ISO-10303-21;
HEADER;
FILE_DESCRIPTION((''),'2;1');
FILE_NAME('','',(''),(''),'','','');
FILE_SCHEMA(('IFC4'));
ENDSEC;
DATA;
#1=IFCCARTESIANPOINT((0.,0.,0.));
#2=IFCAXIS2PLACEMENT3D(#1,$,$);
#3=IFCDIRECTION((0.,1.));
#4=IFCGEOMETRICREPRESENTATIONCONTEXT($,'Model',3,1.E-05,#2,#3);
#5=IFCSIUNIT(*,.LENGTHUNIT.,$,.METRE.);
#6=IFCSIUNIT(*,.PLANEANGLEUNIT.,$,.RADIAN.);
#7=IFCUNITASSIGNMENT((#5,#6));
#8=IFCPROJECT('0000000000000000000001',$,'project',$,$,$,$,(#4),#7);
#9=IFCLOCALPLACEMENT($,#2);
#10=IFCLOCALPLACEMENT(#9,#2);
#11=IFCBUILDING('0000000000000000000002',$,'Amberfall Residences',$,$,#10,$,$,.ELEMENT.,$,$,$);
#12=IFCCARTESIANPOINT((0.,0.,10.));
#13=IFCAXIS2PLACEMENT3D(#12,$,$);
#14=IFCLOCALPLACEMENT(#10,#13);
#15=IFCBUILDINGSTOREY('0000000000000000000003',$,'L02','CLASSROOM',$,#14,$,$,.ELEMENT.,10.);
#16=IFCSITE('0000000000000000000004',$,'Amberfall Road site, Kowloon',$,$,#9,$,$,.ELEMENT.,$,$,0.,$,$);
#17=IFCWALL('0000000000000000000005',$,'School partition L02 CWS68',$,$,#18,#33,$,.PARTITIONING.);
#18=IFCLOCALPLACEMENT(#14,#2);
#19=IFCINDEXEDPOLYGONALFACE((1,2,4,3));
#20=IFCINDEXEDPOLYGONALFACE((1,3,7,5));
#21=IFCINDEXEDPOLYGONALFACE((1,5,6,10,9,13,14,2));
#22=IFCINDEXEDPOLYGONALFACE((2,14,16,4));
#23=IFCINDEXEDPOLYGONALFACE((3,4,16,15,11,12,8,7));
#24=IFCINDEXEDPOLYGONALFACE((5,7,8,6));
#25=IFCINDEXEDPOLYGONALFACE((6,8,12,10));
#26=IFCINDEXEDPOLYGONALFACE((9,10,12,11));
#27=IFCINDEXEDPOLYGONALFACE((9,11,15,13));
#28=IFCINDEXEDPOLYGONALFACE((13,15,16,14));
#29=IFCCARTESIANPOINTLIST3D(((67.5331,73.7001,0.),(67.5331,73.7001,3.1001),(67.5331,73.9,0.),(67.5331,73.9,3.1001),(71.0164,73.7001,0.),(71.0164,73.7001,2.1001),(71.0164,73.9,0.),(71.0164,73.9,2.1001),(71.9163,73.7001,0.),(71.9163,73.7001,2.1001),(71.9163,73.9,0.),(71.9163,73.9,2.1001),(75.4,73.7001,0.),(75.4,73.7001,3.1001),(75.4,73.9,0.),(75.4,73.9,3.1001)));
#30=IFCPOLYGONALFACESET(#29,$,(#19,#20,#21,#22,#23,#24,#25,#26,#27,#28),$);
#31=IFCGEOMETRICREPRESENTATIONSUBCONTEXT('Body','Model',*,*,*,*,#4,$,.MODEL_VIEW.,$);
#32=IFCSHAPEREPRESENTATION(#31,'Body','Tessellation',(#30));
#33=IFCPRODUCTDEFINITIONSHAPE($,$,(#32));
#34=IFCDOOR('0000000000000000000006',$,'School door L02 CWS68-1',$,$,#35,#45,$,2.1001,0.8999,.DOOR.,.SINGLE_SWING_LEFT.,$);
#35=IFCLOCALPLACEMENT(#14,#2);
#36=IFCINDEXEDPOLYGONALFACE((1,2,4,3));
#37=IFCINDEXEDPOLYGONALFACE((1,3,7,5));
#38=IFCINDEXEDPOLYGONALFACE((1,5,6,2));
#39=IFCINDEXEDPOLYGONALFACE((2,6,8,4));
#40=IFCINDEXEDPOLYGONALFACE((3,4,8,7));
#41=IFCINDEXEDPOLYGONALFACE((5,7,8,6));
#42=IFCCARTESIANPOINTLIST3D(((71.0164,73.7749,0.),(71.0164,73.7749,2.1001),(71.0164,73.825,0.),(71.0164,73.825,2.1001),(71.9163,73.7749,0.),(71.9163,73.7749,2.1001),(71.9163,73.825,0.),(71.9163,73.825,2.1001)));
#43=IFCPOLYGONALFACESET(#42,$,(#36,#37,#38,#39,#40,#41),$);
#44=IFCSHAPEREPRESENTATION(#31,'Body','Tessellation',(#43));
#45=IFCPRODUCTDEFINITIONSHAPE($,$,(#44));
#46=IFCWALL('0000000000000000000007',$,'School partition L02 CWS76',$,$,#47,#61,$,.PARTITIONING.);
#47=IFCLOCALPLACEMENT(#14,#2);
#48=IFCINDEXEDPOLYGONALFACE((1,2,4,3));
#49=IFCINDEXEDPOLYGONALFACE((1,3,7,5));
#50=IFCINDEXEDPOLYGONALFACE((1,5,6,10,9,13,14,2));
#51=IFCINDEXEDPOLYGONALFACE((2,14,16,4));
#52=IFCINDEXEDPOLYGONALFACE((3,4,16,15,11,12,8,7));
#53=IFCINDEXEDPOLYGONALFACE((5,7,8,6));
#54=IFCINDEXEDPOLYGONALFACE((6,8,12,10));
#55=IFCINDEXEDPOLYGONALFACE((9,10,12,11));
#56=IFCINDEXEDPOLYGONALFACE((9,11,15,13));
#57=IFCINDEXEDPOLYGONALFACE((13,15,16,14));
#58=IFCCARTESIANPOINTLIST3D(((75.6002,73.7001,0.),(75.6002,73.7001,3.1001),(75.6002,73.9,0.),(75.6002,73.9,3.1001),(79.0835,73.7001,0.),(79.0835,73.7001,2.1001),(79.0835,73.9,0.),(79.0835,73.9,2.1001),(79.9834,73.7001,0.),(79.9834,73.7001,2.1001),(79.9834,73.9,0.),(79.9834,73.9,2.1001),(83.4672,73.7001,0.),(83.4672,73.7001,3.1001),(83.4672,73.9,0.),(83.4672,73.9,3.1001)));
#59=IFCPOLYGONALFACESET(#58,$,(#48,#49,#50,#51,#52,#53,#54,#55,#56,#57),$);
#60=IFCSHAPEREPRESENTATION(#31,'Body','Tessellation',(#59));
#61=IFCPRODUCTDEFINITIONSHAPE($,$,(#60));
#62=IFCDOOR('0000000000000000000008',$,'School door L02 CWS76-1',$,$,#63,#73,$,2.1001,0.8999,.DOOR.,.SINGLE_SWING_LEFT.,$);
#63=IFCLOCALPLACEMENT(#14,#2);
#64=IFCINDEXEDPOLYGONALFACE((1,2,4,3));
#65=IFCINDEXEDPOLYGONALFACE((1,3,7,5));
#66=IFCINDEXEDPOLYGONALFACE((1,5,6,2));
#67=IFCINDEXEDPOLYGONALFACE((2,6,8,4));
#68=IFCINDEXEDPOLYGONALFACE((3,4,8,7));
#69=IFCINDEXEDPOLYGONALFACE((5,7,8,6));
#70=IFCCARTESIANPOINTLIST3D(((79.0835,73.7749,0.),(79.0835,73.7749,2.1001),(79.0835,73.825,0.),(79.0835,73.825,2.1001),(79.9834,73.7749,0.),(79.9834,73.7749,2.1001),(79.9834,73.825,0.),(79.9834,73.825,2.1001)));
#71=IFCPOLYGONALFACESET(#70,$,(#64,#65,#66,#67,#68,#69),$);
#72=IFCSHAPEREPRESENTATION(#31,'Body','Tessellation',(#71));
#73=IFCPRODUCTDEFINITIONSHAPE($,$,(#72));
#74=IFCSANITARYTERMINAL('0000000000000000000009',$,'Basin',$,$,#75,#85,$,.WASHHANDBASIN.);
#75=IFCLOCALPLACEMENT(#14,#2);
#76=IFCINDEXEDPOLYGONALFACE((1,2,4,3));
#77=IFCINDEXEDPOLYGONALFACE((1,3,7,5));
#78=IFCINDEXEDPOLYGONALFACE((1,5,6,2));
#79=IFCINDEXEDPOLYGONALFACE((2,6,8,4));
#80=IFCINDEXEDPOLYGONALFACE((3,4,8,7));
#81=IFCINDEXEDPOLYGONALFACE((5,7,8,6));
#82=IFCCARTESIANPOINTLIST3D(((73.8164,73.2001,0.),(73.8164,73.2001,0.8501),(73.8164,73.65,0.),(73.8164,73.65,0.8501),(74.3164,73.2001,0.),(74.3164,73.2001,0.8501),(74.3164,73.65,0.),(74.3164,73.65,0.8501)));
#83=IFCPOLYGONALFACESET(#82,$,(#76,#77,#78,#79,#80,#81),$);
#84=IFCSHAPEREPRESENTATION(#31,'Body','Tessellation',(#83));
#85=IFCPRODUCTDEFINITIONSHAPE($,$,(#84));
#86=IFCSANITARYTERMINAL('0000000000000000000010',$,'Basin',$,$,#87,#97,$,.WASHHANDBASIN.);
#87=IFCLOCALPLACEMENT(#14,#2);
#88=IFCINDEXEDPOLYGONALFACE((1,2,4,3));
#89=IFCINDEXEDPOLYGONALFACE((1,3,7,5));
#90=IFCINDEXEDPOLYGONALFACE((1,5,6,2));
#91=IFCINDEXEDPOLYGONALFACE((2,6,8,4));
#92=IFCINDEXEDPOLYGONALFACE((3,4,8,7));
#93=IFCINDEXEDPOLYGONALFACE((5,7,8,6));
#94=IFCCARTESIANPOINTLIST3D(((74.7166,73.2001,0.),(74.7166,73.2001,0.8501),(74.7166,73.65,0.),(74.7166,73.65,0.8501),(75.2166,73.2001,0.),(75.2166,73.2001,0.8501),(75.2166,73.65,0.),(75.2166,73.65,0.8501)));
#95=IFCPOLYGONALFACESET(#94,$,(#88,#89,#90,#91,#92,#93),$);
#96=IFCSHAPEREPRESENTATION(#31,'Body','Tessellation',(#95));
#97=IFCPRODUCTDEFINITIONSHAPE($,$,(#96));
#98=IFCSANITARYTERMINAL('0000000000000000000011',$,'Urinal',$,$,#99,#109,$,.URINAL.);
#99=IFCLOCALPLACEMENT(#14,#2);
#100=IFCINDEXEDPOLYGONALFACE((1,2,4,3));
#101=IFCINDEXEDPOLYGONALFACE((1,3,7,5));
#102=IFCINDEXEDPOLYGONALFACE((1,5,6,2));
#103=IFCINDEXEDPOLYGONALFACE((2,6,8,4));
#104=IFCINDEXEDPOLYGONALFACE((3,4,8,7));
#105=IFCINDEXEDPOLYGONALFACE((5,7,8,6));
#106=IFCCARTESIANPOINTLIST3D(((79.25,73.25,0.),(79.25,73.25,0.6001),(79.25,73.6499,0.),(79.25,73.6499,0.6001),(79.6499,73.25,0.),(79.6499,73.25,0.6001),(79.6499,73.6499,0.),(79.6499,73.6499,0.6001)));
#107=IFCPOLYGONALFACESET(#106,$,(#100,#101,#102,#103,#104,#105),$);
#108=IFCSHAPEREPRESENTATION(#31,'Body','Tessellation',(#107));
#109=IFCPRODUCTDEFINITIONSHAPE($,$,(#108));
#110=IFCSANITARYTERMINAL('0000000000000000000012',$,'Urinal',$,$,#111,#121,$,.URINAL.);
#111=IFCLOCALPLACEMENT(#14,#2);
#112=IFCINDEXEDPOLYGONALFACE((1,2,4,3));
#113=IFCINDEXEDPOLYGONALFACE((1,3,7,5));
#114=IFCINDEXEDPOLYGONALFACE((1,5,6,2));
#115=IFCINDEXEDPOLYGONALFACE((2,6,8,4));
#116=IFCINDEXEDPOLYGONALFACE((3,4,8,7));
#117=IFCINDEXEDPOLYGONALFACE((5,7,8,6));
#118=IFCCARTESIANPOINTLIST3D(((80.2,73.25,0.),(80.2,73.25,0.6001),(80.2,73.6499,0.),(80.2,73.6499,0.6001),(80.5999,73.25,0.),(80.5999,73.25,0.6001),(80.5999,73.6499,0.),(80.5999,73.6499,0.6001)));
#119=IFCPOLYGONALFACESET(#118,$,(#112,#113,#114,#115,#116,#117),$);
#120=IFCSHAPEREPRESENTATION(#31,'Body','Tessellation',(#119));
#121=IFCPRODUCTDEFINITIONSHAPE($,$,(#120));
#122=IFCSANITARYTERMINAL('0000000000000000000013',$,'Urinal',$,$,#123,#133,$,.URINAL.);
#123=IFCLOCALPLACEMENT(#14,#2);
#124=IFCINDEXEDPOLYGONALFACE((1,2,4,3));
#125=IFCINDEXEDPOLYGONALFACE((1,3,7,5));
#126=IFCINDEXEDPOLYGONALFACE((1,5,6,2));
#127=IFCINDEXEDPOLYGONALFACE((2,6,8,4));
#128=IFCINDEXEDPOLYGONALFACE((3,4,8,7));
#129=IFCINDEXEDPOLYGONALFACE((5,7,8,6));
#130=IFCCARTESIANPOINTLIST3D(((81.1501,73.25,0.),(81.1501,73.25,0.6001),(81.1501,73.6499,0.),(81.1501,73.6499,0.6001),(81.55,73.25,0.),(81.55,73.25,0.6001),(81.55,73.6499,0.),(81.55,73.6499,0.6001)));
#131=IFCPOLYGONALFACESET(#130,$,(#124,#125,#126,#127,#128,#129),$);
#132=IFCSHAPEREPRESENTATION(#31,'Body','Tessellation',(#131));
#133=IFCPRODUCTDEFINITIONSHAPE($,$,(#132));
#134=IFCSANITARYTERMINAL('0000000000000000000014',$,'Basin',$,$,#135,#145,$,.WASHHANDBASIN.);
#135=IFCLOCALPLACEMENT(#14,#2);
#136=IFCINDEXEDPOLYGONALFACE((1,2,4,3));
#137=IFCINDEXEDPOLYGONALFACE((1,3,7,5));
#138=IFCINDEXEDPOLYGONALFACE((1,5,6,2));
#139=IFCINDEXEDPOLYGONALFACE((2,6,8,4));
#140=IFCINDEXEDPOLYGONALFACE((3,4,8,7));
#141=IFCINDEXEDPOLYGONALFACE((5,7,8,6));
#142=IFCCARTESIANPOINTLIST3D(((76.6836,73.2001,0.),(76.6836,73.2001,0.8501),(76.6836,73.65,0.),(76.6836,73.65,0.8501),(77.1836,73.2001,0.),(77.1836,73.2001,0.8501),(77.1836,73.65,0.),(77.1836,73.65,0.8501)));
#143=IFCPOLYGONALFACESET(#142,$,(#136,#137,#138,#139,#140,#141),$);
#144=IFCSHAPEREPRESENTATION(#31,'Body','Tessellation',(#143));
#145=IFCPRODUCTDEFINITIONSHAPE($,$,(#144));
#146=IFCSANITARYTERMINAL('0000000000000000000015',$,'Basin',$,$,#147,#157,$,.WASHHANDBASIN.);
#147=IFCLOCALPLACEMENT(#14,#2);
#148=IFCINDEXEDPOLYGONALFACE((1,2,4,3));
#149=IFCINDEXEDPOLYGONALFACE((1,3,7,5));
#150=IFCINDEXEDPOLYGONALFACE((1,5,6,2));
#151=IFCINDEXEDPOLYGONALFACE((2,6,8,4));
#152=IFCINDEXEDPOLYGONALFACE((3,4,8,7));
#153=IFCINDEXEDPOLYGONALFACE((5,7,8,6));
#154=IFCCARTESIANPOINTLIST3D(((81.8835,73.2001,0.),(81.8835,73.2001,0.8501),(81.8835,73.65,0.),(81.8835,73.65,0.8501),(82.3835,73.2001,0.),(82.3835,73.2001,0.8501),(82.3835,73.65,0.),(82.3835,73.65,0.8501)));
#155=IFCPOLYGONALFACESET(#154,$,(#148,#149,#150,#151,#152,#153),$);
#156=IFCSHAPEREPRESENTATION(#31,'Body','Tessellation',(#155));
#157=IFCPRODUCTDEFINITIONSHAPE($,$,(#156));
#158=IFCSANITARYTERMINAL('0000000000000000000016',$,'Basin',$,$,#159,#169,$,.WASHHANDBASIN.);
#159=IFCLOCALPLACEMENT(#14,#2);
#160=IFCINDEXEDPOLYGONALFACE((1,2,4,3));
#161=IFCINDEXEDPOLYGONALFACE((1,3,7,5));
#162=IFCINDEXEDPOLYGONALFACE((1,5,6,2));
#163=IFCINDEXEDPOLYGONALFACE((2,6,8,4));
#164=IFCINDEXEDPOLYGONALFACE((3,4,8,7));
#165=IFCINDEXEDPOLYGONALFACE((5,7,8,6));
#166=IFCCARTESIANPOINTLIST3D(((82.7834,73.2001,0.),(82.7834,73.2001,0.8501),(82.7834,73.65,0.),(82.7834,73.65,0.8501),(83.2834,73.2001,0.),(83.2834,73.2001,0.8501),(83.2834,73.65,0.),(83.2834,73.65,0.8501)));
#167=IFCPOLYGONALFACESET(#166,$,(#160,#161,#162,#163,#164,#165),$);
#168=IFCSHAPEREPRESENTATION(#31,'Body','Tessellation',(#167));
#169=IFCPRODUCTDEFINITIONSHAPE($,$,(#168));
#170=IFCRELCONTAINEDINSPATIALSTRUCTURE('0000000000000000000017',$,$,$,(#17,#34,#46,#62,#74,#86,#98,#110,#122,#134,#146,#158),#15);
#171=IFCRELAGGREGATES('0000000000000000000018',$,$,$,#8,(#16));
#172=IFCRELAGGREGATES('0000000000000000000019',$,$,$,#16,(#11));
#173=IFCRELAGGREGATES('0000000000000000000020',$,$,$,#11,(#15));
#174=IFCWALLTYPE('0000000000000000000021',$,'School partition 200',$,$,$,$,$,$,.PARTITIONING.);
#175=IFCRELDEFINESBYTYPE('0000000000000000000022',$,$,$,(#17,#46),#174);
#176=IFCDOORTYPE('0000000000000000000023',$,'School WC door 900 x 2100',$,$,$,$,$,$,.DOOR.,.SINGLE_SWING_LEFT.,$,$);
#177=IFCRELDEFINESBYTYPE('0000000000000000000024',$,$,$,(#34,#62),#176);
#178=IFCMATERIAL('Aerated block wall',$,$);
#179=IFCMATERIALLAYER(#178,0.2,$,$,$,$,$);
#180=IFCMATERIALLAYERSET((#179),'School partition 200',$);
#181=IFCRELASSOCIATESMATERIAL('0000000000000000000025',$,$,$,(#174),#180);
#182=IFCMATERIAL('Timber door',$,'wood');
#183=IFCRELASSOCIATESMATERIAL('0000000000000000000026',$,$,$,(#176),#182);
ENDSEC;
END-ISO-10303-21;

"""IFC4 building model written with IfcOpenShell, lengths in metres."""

from ifc_helpers import new_model, si_unit, direction, frame, frame_2d, origin, origin_2d, place, context, subcontext, project, spatial, rectangle, extrude, material, layer, layer_set, type_object, element, fill, save


model = new_model("IFC4")

# Units and contexts
model_context = context("Model", 3, precision=1e-05, world=origin(), true_north=direction((0.0, 1.0)))
body_context = subcontext(model_context, "Body", "Model", "MODEL_VIEW")
ifc_project = project(units=[si_unit("LENGTHUNIT", "METRE"), si_unit("PLANEANGLEUNIT", "RADIAN")], contexts=[model_context])

# Site, building, storey
site_placement = place(None, origin())
site = spatial("IfcSite", under=ifc_project, at=site_placement, Name="Amberfall Road site, Kowloon", CompositionType="ELEMENT", RefElevation=0.0)
building_placement = place(site_placement, origin())
building = spatial("IfcBuilding", under=site, at=building_placement, Name="Amberfall Residences", CompositionType="ELEMENT")
storey_placement = place(building_placement, frame((0.0, 0.0, 10.0)))
storey = spatial("IfcBuildingStorey", under=building, at=storey_placement, Name="L02", Description="CLASSROOM", CompositionType="ELEMENT", Elevation=10.0)

# Shared definitions
ifc_material_1 = material(Name="Aerated block wall")

# Shared definitions
ifc_layer_1 = layer(ifc_material_1, 0.2)
ifc_layer_set_1 = layer_set([ifc_layer_1], Name="School partition 200")
wall_type_1 = type_object("IfcWallType", Name="School partition 200", PredefinedType="PARTITIONING", material=ifc_layer_set_1)
ifc_material_2 = material(Name="Timber door", Category="wood")

# Walls, openings, doors
wall_1_placement = place(storey_placement, frame((67.533, 73.8, 0.0), z_axis=(0.0, 0.0, 1.0), x_axis=(1.0, 0.0, 0.0)))
wall_1 = element("IfcWall", 1, at=wall_1_placement, inside=storey, type_object=wall_type_1, Name="School partition L02 CWS68", PredefinedType="PARTITIONING", context=body_context, shape_type="SweptSolid", body=[
    extrude(rectangle(XDim=7.8669, YDim=0.2, at=frame_2d((3.9336, 0.0))), origin(), (0.0, 0.0, 1.0), 3.1001),
])
opening_1_placement = place(wall_1_placement, frame((3.4834, 0.0, 0.0)))
opening_1 = element("IfcOpeningElement", 2, at=opening_1_placement, cuts=wall_1, PredefinedType="OPENING", context=body_context, shape_type="SweptSolid", body=[
    extrude(rectangle(XDim=0.8999, YDim=2.1001, at=frame_2d((0.45, 1.05))), frame((0.0, 0.1099, 0.0), z_axis=(0.0, -1.0, 0.0), x_axis=(1.0, 0.0, 0.0)), (0.0, 0.0, 1.0), 0.22),
])
door_type_1 = type_object("IfcDoorType", Name="School WC door 900 x 2100", OperationType="SINGLE_SWING_LEFT", PredefinedType="DOOR", material=ifc_material_2)
door_1_placement = place(opening_1_placement, origin())
door_1 = element("IfcDoor", 3, at=door_1_placement, inside=storey, type_object=door_type_1, Name="School door L02 CWS68-1", OperationType="SINGLE_SWING_LEFT", OverallHeight=2.1001, OverallWidth=0.8999, PredefinedType="DOOR", context=body_context, shape_type="SweptSolid", body=[
    extrude(rectangle(XDim=0.8999, YDim=2.1001, at=frame_2d((0.45, 1.05))), frame((0.0, 0.0249, 0.0), z_axis=(0.0, -1.0, 0.0), x_axis=(1.0, 0.0, 0.0)), (0.0, 0.0, 1.0), 0.05),
])
fill(opening_1, door_1)
wall_2_placement = place(storey_placement, frame((75.6001, 73.8, 0.0), z_axis=(0.0, 0.0, 1.0), x_axis=(1.0, 0.0, 0.0)))
wall_2 = element("IfcWall", 4, at=wall_2_placement, inside=storey, type_object=wall_type_1, Name="School partition L02 CWS76", PredefinedType="PARTITIONING", context=body_context, shape_type="SweptSolid", body=[
    extrude(rectangle(XDim=7.8669, YDim=0.2, at=frame_2d((3.9336, 0.0))), origin(), (0.0, 0.0, 1.0), 3.1001),
])
opening_2_placement = place(wall_2_placement, frame((3.4834, 0.0, 0.0)))
opening_2 = element("IfcOpeningElement", 5, at=opening_2_placement, cuts=wall_2, PredefinedType="OPENING", context=body_context, shape_type="SweptSolid", body=[
    extrude(rectangle(XDim=0.8999, YDim=2.1001, at=frame_2d((0.45, 1.05))), frame((0.0, 0.1099, 0.0), z_axis=(0.0, -1.0, 0.0), x_axis=(1.0, 0.0, 0.0)), (0.0, 0.0, 1.0), 0.22),
])
door_2_placement = place(opening_2_placement, origin())
door_2 = element("IfcDoor", 6, at=door_2_placement, inside=storey, type_object=door_type_1, Name="School door L02 CWS76-1", OperationType="SINGLE_SWING_LEFT", OverallHeight=2.1001, OverallWidth=0.8999, PredefinedType="DOOR", context=body_context, shape_type="SweptSolid", body=[
    extrude(rectangle(XDim=0.8999, YDim=2.1001, at=frame_2d((0.45, 1.05))), frame((0.0, 0.0249, 0.0), z_axis=(0.0, -1.0, 0.0), x_axis=(1.0, 0.0, 0.0)), (0.0, 0.0, 1.0), 0.05),
])
fill(opening_2, door_2)

# Sanitary terminals
for number, where, z_axis, x_axis, name in (
    (7, (74.0664, 73.425, 0.0), (0.0, 0.0, 1.0), (1.0, 0.0, 0.0), "Basin"),
    (8, (74.9666, 73.425, 0.0), (0.0, 0.0, 1.0), (1.0, 0.0, 0.0), "Basin"),
):
    element("IfcSanitaryTerminal", number, at=place(storey_placement, frame(where, z_axis=z_axis, x_axis=x_axis)), inside=storey, Name=name, PredefinedType="WASHHANDBASIN", context=body_context, shape_type="SweptSolid", body=[
        extrude(rectangle(XDim=0.5, YDim=0.45, at=origin_2d()), origin(), (0.0, 0.0, 1.0), 0.8501),
    ])
for number, where, z_axis, x_axis, name in (
    (9, (79.45, 73.45, 0.0), (0.0, 0.0, 1.0), (1.0, 0.0, 0.0), "Urinal"),
    (10, (80.3999, 73.45, 0.0), (0.0, 0.0, 1.0), (1.0, 0.0, 0.0), "Urinal"),
    (11, (81.3501, 73.45, 0.0), (0.0, 0.0, 1.0), (1.0, 0.0, 0.0), "Urinal"),
):
    element("IfcSanitaryTerminal", number, at=place(storey_placement, frame(where, z_axis=z_axis, x_axis=x_axis)), inside=storey, Name=name, PredefinedType="URINAL", context=body_context, shape_type="SweptSolid", body=[
        extrude(rectangle(XDim=0.3999, YDim=0.3999, at=origin_2d()), origin(), (0.0, 0.0, 1.0), 0.6001),
    ])
for number, where, z_axis, x_axis, name in (
    (12, (76.9336, 73.425, 0.0), (0.0, 0.0, 1.0), (1.0, 0.0, 0.0), "Basin"),
    (13, (82.1335, 73.425, 0.0), (0.0, 0.0, 1.0), (1.0, 0.0, 0.0), "Basin"),
    (14, (83.0334, 73.425, 0.0), (0.0, 0.0, 1.0), (1.0, 0.0, 0.0), "Basin"),
):
    element("IfcSanitaryTerminal", number, at=place(storey_placement, frame(where, z_axis=z_axis, x_axis=x_axis)), inside=storey, Name=name, PredefinedType="WASHHANDBASIN", context=body_context, shape_type="SweptSolid", body=[
        extrude(rectangle(XDim=0.5, YDim=0.45, at=origin_2d()), origin(), (0.0, 0.0, 1.0), 0.8501),
    ])

save(model, "model.ifc")
